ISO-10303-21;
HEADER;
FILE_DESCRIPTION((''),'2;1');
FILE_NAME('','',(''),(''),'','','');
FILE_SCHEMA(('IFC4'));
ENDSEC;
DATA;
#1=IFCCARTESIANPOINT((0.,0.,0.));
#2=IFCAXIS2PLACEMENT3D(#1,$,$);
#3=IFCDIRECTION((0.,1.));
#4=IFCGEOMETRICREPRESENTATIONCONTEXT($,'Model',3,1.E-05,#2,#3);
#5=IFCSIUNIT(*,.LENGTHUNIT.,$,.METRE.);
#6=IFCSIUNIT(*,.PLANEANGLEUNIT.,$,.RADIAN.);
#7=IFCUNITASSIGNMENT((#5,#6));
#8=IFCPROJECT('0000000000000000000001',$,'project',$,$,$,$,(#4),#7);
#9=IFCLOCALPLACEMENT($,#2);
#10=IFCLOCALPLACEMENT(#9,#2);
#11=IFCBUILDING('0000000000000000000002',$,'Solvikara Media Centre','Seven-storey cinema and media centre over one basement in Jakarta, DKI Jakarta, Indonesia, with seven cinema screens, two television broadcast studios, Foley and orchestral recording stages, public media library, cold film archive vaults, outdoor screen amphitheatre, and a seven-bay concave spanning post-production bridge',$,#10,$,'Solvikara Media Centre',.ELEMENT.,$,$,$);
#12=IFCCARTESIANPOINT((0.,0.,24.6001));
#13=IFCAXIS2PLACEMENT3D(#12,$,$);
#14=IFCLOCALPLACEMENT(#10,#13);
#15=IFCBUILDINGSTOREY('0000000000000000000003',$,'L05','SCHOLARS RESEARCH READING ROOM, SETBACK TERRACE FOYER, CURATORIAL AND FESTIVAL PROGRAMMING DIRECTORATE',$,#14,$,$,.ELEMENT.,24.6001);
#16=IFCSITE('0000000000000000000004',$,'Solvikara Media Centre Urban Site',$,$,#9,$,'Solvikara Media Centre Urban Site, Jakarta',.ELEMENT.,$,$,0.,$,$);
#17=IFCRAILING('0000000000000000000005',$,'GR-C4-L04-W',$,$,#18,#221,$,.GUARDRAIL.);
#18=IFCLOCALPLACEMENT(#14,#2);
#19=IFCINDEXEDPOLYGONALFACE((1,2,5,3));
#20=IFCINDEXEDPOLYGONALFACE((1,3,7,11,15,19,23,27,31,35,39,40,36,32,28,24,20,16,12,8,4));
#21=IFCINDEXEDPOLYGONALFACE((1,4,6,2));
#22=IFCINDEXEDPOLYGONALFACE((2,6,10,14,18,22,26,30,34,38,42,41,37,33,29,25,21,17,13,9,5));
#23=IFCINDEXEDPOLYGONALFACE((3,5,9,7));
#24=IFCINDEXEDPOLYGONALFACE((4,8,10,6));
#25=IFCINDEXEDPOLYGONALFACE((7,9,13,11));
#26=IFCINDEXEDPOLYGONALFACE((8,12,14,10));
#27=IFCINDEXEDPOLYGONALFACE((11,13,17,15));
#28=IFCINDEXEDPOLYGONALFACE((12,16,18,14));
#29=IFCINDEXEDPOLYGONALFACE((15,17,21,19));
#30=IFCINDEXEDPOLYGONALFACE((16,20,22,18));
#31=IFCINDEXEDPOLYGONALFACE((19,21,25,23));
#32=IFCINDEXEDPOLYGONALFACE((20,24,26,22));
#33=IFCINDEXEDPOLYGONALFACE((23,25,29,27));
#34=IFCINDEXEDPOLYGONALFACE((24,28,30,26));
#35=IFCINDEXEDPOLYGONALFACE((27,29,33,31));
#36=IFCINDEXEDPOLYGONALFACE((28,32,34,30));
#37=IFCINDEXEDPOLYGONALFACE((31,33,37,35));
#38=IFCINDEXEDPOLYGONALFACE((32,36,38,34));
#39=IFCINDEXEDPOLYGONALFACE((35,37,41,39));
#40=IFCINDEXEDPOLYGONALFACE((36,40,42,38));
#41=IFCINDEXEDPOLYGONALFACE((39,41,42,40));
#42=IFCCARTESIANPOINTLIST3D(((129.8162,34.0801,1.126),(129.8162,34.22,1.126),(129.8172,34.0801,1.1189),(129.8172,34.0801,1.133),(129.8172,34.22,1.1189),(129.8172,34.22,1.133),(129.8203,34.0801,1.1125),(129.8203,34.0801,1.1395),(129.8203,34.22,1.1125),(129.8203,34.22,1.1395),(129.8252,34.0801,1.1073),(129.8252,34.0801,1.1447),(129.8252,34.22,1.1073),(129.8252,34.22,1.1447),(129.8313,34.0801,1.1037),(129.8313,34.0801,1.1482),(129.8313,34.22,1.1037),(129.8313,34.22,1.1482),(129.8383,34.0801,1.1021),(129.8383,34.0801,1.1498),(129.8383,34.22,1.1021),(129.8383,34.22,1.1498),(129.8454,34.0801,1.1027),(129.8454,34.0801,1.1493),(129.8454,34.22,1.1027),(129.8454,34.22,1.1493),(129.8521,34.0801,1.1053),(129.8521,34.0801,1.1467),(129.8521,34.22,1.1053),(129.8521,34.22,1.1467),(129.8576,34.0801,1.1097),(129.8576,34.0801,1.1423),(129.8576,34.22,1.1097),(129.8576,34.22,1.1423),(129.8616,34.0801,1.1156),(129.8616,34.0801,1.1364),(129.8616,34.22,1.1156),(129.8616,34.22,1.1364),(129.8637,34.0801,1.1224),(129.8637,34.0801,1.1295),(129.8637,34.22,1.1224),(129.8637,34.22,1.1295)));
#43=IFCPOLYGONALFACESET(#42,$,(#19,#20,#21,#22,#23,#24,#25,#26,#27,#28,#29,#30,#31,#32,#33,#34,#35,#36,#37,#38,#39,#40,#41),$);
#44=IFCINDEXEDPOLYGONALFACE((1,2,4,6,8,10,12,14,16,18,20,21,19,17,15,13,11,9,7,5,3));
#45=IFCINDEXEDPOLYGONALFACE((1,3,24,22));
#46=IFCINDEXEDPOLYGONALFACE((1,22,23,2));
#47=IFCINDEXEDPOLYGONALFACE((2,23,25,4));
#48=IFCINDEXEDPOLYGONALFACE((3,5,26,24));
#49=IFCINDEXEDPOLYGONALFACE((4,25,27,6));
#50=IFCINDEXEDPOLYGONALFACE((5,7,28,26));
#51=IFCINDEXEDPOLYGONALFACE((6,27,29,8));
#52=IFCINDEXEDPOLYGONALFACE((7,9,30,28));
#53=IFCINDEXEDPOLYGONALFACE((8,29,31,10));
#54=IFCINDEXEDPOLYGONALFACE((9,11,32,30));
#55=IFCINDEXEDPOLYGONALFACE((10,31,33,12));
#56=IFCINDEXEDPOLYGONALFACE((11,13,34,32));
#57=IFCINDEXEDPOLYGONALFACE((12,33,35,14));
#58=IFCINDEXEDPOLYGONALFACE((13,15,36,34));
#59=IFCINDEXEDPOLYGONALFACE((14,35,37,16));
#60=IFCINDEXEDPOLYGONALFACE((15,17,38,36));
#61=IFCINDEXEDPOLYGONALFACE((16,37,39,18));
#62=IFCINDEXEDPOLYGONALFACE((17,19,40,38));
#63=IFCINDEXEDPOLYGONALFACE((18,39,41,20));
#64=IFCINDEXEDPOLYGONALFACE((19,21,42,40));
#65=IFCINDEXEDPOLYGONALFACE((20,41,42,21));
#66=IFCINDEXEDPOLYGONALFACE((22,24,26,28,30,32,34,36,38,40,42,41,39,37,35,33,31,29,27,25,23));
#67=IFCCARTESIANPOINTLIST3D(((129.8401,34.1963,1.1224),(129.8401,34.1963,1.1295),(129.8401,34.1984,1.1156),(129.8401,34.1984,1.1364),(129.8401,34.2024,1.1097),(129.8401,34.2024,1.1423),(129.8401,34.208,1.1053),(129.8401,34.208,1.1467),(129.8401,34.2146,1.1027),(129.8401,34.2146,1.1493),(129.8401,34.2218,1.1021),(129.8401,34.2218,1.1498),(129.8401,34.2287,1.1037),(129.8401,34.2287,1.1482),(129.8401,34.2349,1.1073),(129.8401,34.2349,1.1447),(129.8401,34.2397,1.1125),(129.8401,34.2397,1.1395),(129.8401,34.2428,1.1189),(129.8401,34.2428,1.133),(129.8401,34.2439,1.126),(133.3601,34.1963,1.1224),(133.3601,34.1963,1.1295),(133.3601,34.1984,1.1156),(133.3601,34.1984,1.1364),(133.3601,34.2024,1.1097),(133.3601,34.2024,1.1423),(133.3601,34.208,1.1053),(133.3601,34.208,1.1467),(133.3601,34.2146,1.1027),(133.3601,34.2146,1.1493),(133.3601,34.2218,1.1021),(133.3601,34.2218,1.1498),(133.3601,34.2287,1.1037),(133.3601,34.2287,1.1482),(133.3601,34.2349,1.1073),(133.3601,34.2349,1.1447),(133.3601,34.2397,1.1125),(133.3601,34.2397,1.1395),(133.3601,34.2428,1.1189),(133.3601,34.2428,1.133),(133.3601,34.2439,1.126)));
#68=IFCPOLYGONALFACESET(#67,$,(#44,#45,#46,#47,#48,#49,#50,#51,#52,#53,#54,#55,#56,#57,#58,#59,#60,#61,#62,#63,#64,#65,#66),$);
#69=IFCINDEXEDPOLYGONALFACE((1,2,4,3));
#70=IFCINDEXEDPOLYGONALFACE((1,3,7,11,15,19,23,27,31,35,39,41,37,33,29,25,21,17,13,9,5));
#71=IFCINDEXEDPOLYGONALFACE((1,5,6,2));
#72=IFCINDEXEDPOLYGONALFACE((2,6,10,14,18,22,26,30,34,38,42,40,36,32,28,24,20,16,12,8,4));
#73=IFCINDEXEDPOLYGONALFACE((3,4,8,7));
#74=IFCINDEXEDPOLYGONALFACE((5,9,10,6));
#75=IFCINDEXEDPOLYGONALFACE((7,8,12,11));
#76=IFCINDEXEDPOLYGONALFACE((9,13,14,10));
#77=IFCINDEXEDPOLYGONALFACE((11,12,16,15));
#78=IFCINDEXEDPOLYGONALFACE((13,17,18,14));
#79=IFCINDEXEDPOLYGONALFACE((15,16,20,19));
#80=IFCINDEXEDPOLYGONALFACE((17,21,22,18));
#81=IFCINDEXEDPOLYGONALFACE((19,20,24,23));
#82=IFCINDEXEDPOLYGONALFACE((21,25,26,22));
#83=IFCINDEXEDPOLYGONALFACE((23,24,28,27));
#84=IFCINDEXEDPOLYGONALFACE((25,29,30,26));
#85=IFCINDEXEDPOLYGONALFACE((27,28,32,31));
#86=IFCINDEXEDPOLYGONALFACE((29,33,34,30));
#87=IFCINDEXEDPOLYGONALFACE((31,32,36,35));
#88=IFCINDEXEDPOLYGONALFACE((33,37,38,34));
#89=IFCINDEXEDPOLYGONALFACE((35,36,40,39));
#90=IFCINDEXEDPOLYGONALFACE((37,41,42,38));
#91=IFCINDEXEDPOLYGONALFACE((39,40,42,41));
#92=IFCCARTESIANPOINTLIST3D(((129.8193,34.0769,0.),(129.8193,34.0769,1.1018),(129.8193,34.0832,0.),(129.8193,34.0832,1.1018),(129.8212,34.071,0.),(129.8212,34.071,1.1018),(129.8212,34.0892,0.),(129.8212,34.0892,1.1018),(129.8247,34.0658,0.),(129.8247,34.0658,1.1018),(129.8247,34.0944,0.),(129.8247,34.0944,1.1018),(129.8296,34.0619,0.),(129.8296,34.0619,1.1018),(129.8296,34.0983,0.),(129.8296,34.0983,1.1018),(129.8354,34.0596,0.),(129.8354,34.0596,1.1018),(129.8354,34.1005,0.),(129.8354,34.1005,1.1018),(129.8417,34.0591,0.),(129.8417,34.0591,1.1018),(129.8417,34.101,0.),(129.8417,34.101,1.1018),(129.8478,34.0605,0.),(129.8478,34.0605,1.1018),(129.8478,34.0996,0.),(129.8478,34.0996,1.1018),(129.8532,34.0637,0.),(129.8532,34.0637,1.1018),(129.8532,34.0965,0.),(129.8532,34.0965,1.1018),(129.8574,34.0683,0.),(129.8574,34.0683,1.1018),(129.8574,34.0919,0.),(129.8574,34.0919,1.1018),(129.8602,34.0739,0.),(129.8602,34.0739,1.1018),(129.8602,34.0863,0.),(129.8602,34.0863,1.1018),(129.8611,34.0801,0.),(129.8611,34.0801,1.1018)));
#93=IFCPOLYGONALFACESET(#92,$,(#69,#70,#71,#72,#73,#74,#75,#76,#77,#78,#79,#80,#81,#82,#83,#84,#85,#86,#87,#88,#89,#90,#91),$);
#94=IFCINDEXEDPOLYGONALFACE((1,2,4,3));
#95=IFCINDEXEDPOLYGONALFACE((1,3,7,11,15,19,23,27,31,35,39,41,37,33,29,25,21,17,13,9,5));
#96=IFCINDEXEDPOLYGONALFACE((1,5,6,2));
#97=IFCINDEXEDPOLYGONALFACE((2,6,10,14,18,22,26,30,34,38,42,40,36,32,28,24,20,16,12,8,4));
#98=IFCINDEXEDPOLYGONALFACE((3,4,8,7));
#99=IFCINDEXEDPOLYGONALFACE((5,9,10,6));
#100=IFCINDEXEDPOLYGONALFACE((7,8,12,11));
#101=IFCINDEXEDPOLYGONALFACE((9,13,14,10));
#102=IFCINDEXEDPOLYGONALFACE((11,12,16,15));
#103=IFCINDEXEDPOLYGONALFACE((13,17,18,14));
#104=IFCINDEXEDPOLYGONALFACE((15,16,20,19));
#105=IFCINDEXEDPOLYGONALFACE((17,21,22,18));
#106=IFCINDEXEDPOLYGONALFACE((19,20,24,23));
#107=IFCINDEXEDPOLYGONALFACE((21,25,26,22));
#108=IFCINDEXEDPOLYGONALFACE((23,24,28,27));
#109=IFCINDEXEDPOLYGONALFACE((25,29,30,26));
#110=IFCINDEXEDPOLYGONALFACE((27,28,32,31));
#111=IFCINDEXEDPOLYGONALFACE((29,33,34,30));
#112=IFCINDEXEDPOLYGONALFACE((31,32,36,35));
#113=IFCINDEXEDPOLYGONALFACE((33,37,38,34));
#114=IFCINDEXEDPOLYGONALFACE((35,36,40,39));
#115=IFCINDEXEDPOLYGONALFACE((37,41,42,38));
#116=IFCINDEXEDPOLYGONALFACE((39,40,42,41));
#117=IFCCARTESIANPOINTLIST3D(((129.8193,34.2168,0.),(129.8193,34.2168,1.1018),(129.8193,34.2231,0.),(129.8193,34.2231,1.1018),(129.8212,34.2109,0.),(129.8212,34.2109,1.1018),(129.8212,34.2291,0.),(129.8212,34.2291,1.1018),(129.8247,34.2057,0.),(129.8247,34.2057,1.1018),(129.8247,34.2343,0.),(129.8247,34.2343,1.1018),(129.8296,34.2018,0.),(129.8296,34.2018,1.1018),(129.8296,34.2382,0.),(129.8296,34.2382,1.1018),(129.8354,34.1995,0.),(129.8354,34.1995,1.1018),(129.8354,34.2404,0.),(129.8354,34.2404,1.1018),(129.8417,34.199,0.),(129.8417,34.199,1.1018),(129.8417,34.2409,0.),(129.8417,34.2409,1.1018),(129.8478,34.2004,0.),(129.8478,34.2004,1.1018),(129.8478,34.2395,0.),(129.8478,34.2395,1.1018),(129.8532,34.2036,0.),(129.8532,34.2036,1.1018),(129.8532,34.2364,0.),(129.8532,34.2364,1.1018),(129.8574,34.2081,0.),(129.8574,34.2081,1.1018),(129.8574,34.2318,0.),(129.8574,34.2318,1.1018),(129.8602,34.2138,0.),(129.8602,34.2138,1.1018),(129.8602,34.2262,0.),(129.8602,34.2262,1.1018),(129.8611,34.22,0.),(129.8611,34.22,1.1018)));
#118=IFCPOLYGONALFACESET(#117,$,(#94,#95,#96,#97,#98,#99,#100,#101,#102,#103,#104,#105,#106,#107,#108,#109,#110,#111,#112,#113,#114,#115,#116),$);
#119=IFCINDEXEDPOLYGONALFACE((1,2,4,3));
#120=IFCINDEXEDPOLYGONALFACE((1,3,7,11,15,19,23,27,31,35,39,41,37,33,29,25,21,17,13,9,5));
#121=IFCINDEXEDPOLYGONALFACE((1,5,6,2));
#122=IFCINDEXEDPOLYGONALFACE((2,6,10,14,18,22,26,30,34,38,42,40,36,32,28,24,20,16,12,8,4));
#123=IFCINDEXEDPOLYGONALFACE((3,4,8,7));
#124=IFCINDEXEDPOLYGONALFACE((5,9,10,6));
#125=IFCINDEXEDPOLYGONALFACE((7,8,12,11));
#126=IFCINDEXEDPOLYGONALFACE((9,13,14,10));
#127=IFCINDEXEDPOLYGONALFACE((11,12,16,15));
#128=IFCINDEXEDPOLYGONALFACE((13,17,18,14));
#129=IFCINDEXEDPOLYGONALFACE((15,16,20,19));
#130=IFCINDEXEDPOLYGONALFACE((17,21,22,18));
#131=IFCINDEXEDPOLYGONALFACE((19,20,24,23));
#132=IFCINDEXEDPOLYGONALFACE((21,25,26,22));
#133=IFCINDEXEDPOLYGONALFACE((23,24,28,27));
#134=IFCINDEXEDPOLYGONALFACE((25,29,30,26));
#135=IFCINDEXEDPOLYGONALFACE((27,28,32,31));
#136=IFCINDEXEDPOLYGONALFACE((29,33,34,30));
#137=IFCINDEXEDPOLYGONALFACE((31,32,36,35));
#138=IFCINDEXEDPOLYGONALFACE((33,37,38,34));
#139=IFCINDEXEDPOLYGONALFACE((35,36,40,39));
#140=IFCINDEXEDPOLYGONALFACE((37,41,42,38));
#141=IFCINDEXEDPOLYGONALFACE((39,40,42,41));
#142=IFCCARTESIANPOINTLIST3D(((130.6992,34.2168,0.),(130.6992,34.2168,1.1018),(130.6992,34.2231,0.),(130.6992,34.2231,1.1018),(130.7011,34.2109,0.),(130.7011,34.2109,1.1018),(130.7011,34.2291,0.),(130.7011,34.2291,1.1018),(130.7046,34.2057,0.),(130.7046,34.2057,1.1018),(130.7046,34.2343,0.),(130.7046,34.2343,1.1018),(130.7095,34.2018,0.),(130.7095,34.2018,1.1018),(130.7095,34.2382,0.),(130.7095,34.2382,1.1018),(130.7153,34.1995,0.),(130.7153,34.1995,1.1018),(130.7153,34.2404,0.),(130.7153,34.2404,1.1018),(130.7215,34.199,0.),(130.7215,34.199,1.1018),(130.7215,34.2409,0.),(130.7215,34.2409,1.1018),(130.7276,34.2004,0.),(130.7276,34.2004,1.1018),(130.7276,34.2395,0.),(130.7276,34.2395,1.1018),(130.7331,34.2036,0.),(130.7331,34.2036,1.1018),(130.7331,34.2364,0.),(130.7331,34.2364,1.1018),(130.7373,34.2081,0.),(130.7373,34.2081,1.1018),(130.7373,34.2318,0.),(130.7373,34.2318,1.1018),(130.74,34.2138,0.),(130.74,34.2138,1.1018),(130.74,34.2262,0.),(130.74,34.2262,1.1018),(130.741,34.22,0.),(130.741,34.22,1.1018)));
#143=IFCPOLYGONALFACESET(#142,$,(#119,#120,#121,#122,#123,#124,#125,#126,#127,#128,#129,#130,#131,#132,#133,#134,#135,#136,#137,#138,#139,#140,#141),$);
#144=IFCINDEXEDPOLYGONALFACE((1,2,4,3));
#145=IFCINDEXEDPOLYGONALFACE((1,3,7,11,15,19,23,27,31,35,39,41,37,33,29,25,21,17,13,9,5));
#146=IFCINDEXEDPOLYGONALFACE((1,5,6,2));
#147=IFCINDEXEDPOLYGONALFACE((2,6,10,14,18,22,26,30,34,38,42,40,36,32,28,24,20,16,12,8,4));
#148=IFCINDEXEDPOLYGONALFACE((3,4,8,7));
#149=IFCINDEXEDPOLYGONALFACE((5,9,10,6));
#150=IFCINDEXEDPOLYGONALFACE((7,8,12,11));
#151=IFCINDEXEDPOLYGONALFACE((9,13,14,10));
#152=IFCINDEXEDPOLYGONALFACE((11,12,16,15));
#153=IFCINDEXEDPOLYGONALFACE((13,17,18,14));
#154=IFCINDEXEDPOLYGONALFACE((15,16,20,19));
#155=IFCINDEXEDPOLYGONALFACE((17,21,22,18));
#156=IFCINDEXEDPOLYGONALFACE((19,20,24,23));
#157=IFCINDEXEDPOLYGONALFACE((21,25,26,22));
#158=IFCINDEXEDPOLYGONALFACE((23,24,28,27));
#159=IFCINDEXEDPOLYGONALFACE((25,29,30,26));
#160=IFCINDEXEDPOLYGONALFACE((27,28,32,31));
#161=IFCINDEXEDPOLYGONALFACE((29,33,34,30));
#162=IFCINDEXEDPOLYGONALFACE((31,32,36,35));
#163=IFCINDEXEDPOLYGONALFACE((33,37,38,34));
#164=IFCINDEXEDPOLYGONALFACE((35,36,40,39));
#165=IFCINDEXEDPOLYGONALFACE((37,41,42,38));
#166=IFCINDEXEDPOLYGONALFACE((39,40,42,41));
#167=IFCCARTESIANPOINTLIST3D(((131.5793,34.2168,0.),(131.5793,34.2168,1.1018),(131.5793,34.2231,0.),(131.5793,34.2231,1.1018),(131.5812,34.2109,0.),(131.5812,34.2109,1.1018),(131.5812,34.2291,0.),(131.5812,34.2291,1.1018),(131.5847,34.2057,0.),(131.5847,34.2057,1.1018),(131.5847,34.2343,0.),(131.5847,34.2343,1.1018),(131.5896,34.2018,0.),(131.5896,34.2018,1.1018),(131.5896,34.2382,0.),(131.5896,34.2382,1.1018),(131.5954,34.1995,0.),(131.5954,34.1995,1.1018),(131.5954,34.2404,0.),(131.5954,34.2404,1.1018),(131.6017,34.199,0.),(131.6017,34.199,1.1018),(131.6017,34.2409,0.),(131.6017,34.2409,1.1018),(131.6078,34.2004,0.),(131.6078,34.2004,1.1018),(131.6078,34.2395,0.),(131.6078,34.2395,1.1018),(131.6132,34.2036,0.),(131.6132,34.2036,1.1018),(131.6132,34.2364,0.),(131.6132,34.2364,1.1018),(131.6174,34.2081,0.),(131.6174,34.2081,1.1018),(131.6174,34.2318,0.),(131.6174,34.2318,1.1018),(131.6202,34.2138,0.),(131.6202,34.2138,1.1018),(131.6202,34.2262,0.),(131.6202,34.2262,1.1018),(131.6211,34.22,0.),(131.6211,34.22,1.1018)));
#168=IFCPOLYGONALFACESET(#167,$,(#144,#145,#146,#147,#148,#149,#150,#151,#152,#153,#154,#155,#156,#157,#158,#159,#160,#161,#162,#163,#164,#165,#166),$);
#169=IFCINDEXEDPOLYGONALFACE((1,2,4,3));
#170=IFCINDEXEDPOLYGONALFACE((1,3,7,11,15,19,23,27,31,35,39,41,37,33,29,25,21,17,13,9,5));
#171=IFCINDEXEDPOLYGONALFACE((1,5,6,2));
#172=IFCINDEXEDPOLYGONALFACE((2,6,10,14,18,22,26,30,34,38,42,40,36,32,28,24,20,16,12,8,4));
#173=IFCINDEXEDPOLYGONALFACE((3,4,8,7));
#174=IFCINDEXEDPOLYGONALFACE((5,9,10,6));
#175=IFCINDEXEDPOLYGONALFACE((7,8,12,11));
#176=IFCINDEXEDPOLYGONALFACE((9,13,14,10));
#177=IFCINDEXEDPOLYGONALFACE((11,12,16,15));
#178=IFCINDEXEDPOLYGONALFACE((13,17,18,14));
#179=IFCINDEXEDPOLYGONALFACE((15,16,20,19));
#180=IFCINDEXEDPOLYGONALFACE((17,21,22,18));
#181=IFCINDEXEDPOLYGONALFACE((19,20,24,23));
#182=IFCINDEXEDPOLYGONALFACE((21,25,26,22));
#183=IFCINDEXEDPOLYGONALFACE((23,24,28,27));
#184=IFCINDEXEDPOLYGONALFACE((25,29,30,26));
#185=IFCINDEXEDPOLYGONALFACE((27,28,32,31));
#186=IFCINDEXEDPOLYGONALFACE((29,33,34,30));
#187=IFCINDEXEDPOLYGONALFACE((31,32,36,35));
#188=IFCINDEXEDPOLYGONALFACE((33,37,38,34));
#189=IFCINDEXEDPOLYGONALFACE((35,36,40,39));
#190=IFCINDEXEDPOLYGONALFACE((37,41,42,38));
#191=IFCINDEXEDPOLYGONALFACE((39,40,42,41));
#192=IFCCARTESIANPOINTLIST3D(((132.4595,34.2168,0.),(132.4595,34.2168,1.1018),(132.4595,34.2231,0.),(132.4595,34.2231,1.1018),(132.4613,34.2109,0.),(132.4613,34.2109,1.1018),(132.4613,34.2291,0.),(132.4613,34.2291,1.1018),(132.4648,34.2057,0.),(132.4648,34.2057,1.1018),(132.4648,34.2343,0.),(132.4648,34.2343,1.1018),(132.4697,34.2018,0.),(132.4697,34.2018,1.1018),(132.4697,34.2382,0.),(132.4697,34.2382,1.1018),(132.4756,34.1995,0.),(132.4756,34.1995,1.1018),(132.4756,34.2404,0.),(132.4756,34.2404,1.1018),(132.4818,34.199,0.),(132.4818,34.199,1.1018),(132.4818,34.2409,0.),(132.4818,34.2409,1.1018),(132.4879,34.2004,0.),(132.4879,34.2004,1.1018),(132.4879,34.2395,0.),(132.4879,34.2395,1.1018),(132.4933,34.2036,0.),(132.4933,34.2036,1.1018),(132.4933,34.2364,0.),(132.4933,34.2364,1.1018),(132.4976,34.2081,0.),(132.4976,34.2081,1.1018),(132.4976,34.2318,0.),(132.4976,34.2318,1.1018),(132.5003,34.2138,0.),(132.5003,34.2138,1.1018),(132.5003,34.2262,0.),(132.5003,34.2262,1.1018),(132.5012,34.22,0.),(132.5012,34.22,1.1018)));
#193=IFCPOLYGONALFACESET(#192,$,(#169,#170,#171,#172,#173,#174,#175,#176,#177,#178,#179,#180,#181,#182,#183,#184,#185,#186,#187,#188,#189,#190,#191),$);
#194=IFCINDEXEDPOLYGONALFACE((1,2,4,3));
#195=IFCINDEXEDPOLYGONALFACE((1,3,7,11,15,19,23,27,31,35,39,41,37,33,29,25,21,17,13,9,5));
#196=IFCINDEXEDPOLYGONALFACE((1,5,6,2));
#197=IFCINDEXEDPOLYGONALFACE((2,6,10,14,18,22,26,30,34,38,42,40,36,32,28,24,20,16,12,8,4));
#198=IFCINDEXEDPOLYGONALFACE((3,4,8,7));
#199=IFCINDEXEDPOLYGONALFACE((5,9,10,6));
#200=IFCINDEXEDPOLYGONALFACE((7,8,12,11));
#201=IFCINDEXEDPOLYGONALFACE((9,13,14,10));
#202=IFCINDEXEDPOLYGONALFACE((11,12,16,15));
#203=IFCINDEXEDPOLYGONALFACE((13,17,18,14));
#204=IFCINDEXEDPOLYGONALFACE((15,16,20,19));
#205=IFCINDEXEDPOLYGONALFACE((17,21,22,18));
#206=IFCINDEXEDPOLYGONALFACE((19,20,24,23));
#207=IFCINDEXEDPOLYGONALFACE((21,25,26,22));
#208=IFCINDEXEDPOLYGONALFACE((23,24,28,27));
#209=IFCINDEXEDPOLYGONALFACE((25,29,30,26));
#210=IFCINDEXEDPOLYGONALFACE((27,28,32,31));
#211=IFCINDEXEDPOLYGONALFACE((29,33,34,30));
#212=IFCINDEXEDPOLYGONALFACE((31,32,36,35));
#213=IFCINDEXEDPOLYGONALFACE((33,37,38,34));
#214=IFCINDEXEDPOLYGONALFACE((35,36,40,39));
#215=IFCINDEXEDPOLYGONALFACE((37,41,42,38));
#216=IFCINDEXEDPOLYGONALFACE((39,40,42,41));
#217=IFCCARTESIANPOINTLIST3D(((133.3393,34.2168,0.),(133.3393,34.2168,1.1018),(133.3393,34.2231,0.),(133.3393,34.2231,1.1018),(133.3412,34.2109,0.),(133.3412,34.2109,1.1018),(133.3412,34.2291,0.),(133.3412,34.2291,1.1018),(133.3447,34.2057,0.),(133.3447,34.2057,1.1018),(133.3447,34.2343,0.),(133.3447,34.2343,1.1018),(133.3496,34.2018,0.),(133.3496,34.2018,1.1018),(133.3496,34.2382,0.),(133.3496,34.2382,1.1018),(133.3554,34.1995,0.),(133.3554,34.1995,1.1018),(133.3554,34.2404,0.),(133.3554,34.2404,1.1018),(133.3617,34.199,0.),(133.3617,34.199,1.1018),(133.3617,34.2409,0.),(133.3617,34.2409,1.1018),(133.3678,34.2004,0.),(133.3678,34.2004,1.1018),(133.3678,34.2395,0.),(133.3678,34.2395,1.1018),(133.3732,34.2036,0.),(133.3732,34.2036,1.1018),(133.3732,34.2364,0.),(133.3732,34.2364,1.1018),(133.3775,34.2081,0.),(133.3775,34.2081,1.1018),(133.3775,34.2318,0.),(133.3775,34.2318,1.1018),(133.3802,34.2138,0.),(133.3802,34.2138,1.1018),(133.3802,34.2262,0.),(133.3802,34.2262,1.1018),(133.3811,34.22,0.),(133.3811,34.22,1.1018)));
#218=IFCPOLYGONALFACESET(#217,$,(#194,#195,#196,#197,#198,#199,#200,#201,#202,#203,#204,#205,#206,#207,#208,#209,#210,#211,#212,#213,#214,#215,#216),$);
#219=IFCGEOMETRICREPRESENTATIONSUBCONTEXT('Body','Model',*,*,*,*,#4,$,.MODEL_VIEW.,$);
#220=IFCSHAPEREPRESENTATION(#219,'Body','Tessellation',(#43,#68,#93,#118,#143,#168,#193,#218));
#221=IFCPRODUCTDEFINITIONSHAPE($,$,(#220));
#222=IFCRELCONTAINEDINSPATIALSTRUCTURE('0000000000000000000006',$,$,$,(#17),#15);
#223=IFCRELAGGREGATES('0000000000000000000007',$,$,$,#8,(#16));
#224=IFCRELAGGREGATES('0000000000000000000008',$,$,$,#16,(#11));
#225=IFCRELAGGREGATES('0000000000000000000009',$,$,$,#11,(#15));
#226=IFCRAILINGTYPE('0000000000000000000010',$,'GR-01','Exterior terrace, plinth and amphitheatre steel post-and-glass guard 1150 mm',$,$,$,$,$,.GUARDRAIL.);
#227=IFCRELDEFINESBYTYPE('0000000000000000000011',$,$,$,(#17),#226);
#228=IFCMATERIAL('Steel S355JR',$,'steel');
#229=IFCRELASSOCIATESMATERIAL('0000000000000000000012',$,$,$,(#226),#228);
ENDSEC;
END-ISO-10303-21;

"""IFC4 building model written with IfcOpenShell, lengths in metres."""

from ifc_helpers import new_model, si_unit, direction, frame, origin, origin_2d, place, context, subcontext, project, spatial, circle, extrude, material, type_object, element, save


model = new_model("IFC4")

# Units and contexts
model_context = context("Model", 3, precision=1e-05, world=origin(), true_north=direction((0.0, 1.0)))
body_context = subcontext(model_context, "Body", "Model", "MODEL_VIEW")
ifc_project = project(units=[si_unit("LENGTHUNIT", "METRE"), si_unit("PLANEANGLEUNIT", "RADIAN")], contexts=[model_context])

# Site, building, storey
site_placement = place(None, origin())
site = spatial("IfcSite", under=ifc_project, at=site_placement, Name="Solvikara Media Centre Urban Site", LongName="Solvikara Media Centre Urban Site, Jakarta", CompositionType="ELEMENT", RefElevation=0.0)
building_placement = place(site_placement, origin())
building = spatial("IfcBuilding", under=site, at=building_placement, Name="Solvikara Media Centre", Description="Seven-storey cinema and media centre over one basement in Jakarta, DKI Jakarta, Indonesia, with seven cinema screens, two television broadcast studios, Foley and orchestral recording stages, public media library, cold film archive vaults, outdoor screen amphitheatre, and a seven-bay concave spanning post-production bridge", LongName="Solvikara Media Centre", CompositionType="ELEMENT")
storey_placement = place(building_placement, frame((0.0, 0.0, 24.6001)))
storey = spatial("IfcBuildingStorey", under=building, at=storey_placement, Name="L05", Description="SCHOLARS RESEARCH READING ROOM, SETBACK TERRACE FOYER, CURATORIAL AND FESTIVAL PROGRAMMING DIRECTORATE", CompositionType="ELEMENT", Elevation=24.6001)

# Shared definitions
ifc_material_1 = material(Name="Steel S355JR", Category="steel")

# Railing
railing_type_1 = type_object("IfcRailingType", Name="GR-01", Description="Exterior terrace, plinth and amphitheatre steel post-and-glass guard 1150 mm", PredefinedType="GUARDRAIL", material=ifc_material_1)
railing_1_placement = place(storey_placement, frame((129.8401, 34.0801, 0.0)))
element("IfcRailing", 1, at=railing_1_placement, inside=storey, type_object=railing_type_1, Name="GR-C4-L04-W", PredefinedType="GUARDRAIL", context=body_context, shape_type="SweptSolid", body=[
    extrude(circle(Radius=0.0239, at=origin_2d()), frame((0.0, 0.0, 1.126), z_axis=(0.0, 1.0, 0.0), x_axis=(-1.0, 0.0, 0.0)), (0.0, 0.0, 1.0), 0.1399),
    extrude(circle(Radius=0.0239, at=origin_2d()), frame((0.0, 0.1399, 1.126), z_axis=(1.0, 0.0, 0.0), x_axis=(0.0, 1.0, 0.0)), (0.0, 0.0, 1.0), 3.52),
    extrude(circle(Radius=0.021, at=origin_2d()), origin(), (0.0, 0.0, 1.0), 1.1018),
    extrude(circle(Radius=0.021, at=origin_2d()), frame((0.0, 0.1399, 0.0)), (0.0, 0.0, 1.0), 1.1018),
    extrude(circle(Radius=0.021, at=origin_2d()), frame((0.8799, 0.1399, 0.0)), (0.0, 0.0, 1.0), 1.1018),
    extrude(circle(Radius=0.021, at=origin_2d()), frame((1.76, 0.1399, 0.0)), (0.0, 0.0, 1.0), 1.1018),
    extrude(circle(Radius=0.021, at=origin_2d()), frame((2.6401, 0.1399, 0.0)), (0.0, 0.0, 1.0), 1.1018),
    extrude(circle(Radius=0.021, at=origin_2d()), frame((3.52, 0.1399, 0.0)), (0.0, 0.0, 1.0), 1.1018),
])

save(model, "model.ifc")
